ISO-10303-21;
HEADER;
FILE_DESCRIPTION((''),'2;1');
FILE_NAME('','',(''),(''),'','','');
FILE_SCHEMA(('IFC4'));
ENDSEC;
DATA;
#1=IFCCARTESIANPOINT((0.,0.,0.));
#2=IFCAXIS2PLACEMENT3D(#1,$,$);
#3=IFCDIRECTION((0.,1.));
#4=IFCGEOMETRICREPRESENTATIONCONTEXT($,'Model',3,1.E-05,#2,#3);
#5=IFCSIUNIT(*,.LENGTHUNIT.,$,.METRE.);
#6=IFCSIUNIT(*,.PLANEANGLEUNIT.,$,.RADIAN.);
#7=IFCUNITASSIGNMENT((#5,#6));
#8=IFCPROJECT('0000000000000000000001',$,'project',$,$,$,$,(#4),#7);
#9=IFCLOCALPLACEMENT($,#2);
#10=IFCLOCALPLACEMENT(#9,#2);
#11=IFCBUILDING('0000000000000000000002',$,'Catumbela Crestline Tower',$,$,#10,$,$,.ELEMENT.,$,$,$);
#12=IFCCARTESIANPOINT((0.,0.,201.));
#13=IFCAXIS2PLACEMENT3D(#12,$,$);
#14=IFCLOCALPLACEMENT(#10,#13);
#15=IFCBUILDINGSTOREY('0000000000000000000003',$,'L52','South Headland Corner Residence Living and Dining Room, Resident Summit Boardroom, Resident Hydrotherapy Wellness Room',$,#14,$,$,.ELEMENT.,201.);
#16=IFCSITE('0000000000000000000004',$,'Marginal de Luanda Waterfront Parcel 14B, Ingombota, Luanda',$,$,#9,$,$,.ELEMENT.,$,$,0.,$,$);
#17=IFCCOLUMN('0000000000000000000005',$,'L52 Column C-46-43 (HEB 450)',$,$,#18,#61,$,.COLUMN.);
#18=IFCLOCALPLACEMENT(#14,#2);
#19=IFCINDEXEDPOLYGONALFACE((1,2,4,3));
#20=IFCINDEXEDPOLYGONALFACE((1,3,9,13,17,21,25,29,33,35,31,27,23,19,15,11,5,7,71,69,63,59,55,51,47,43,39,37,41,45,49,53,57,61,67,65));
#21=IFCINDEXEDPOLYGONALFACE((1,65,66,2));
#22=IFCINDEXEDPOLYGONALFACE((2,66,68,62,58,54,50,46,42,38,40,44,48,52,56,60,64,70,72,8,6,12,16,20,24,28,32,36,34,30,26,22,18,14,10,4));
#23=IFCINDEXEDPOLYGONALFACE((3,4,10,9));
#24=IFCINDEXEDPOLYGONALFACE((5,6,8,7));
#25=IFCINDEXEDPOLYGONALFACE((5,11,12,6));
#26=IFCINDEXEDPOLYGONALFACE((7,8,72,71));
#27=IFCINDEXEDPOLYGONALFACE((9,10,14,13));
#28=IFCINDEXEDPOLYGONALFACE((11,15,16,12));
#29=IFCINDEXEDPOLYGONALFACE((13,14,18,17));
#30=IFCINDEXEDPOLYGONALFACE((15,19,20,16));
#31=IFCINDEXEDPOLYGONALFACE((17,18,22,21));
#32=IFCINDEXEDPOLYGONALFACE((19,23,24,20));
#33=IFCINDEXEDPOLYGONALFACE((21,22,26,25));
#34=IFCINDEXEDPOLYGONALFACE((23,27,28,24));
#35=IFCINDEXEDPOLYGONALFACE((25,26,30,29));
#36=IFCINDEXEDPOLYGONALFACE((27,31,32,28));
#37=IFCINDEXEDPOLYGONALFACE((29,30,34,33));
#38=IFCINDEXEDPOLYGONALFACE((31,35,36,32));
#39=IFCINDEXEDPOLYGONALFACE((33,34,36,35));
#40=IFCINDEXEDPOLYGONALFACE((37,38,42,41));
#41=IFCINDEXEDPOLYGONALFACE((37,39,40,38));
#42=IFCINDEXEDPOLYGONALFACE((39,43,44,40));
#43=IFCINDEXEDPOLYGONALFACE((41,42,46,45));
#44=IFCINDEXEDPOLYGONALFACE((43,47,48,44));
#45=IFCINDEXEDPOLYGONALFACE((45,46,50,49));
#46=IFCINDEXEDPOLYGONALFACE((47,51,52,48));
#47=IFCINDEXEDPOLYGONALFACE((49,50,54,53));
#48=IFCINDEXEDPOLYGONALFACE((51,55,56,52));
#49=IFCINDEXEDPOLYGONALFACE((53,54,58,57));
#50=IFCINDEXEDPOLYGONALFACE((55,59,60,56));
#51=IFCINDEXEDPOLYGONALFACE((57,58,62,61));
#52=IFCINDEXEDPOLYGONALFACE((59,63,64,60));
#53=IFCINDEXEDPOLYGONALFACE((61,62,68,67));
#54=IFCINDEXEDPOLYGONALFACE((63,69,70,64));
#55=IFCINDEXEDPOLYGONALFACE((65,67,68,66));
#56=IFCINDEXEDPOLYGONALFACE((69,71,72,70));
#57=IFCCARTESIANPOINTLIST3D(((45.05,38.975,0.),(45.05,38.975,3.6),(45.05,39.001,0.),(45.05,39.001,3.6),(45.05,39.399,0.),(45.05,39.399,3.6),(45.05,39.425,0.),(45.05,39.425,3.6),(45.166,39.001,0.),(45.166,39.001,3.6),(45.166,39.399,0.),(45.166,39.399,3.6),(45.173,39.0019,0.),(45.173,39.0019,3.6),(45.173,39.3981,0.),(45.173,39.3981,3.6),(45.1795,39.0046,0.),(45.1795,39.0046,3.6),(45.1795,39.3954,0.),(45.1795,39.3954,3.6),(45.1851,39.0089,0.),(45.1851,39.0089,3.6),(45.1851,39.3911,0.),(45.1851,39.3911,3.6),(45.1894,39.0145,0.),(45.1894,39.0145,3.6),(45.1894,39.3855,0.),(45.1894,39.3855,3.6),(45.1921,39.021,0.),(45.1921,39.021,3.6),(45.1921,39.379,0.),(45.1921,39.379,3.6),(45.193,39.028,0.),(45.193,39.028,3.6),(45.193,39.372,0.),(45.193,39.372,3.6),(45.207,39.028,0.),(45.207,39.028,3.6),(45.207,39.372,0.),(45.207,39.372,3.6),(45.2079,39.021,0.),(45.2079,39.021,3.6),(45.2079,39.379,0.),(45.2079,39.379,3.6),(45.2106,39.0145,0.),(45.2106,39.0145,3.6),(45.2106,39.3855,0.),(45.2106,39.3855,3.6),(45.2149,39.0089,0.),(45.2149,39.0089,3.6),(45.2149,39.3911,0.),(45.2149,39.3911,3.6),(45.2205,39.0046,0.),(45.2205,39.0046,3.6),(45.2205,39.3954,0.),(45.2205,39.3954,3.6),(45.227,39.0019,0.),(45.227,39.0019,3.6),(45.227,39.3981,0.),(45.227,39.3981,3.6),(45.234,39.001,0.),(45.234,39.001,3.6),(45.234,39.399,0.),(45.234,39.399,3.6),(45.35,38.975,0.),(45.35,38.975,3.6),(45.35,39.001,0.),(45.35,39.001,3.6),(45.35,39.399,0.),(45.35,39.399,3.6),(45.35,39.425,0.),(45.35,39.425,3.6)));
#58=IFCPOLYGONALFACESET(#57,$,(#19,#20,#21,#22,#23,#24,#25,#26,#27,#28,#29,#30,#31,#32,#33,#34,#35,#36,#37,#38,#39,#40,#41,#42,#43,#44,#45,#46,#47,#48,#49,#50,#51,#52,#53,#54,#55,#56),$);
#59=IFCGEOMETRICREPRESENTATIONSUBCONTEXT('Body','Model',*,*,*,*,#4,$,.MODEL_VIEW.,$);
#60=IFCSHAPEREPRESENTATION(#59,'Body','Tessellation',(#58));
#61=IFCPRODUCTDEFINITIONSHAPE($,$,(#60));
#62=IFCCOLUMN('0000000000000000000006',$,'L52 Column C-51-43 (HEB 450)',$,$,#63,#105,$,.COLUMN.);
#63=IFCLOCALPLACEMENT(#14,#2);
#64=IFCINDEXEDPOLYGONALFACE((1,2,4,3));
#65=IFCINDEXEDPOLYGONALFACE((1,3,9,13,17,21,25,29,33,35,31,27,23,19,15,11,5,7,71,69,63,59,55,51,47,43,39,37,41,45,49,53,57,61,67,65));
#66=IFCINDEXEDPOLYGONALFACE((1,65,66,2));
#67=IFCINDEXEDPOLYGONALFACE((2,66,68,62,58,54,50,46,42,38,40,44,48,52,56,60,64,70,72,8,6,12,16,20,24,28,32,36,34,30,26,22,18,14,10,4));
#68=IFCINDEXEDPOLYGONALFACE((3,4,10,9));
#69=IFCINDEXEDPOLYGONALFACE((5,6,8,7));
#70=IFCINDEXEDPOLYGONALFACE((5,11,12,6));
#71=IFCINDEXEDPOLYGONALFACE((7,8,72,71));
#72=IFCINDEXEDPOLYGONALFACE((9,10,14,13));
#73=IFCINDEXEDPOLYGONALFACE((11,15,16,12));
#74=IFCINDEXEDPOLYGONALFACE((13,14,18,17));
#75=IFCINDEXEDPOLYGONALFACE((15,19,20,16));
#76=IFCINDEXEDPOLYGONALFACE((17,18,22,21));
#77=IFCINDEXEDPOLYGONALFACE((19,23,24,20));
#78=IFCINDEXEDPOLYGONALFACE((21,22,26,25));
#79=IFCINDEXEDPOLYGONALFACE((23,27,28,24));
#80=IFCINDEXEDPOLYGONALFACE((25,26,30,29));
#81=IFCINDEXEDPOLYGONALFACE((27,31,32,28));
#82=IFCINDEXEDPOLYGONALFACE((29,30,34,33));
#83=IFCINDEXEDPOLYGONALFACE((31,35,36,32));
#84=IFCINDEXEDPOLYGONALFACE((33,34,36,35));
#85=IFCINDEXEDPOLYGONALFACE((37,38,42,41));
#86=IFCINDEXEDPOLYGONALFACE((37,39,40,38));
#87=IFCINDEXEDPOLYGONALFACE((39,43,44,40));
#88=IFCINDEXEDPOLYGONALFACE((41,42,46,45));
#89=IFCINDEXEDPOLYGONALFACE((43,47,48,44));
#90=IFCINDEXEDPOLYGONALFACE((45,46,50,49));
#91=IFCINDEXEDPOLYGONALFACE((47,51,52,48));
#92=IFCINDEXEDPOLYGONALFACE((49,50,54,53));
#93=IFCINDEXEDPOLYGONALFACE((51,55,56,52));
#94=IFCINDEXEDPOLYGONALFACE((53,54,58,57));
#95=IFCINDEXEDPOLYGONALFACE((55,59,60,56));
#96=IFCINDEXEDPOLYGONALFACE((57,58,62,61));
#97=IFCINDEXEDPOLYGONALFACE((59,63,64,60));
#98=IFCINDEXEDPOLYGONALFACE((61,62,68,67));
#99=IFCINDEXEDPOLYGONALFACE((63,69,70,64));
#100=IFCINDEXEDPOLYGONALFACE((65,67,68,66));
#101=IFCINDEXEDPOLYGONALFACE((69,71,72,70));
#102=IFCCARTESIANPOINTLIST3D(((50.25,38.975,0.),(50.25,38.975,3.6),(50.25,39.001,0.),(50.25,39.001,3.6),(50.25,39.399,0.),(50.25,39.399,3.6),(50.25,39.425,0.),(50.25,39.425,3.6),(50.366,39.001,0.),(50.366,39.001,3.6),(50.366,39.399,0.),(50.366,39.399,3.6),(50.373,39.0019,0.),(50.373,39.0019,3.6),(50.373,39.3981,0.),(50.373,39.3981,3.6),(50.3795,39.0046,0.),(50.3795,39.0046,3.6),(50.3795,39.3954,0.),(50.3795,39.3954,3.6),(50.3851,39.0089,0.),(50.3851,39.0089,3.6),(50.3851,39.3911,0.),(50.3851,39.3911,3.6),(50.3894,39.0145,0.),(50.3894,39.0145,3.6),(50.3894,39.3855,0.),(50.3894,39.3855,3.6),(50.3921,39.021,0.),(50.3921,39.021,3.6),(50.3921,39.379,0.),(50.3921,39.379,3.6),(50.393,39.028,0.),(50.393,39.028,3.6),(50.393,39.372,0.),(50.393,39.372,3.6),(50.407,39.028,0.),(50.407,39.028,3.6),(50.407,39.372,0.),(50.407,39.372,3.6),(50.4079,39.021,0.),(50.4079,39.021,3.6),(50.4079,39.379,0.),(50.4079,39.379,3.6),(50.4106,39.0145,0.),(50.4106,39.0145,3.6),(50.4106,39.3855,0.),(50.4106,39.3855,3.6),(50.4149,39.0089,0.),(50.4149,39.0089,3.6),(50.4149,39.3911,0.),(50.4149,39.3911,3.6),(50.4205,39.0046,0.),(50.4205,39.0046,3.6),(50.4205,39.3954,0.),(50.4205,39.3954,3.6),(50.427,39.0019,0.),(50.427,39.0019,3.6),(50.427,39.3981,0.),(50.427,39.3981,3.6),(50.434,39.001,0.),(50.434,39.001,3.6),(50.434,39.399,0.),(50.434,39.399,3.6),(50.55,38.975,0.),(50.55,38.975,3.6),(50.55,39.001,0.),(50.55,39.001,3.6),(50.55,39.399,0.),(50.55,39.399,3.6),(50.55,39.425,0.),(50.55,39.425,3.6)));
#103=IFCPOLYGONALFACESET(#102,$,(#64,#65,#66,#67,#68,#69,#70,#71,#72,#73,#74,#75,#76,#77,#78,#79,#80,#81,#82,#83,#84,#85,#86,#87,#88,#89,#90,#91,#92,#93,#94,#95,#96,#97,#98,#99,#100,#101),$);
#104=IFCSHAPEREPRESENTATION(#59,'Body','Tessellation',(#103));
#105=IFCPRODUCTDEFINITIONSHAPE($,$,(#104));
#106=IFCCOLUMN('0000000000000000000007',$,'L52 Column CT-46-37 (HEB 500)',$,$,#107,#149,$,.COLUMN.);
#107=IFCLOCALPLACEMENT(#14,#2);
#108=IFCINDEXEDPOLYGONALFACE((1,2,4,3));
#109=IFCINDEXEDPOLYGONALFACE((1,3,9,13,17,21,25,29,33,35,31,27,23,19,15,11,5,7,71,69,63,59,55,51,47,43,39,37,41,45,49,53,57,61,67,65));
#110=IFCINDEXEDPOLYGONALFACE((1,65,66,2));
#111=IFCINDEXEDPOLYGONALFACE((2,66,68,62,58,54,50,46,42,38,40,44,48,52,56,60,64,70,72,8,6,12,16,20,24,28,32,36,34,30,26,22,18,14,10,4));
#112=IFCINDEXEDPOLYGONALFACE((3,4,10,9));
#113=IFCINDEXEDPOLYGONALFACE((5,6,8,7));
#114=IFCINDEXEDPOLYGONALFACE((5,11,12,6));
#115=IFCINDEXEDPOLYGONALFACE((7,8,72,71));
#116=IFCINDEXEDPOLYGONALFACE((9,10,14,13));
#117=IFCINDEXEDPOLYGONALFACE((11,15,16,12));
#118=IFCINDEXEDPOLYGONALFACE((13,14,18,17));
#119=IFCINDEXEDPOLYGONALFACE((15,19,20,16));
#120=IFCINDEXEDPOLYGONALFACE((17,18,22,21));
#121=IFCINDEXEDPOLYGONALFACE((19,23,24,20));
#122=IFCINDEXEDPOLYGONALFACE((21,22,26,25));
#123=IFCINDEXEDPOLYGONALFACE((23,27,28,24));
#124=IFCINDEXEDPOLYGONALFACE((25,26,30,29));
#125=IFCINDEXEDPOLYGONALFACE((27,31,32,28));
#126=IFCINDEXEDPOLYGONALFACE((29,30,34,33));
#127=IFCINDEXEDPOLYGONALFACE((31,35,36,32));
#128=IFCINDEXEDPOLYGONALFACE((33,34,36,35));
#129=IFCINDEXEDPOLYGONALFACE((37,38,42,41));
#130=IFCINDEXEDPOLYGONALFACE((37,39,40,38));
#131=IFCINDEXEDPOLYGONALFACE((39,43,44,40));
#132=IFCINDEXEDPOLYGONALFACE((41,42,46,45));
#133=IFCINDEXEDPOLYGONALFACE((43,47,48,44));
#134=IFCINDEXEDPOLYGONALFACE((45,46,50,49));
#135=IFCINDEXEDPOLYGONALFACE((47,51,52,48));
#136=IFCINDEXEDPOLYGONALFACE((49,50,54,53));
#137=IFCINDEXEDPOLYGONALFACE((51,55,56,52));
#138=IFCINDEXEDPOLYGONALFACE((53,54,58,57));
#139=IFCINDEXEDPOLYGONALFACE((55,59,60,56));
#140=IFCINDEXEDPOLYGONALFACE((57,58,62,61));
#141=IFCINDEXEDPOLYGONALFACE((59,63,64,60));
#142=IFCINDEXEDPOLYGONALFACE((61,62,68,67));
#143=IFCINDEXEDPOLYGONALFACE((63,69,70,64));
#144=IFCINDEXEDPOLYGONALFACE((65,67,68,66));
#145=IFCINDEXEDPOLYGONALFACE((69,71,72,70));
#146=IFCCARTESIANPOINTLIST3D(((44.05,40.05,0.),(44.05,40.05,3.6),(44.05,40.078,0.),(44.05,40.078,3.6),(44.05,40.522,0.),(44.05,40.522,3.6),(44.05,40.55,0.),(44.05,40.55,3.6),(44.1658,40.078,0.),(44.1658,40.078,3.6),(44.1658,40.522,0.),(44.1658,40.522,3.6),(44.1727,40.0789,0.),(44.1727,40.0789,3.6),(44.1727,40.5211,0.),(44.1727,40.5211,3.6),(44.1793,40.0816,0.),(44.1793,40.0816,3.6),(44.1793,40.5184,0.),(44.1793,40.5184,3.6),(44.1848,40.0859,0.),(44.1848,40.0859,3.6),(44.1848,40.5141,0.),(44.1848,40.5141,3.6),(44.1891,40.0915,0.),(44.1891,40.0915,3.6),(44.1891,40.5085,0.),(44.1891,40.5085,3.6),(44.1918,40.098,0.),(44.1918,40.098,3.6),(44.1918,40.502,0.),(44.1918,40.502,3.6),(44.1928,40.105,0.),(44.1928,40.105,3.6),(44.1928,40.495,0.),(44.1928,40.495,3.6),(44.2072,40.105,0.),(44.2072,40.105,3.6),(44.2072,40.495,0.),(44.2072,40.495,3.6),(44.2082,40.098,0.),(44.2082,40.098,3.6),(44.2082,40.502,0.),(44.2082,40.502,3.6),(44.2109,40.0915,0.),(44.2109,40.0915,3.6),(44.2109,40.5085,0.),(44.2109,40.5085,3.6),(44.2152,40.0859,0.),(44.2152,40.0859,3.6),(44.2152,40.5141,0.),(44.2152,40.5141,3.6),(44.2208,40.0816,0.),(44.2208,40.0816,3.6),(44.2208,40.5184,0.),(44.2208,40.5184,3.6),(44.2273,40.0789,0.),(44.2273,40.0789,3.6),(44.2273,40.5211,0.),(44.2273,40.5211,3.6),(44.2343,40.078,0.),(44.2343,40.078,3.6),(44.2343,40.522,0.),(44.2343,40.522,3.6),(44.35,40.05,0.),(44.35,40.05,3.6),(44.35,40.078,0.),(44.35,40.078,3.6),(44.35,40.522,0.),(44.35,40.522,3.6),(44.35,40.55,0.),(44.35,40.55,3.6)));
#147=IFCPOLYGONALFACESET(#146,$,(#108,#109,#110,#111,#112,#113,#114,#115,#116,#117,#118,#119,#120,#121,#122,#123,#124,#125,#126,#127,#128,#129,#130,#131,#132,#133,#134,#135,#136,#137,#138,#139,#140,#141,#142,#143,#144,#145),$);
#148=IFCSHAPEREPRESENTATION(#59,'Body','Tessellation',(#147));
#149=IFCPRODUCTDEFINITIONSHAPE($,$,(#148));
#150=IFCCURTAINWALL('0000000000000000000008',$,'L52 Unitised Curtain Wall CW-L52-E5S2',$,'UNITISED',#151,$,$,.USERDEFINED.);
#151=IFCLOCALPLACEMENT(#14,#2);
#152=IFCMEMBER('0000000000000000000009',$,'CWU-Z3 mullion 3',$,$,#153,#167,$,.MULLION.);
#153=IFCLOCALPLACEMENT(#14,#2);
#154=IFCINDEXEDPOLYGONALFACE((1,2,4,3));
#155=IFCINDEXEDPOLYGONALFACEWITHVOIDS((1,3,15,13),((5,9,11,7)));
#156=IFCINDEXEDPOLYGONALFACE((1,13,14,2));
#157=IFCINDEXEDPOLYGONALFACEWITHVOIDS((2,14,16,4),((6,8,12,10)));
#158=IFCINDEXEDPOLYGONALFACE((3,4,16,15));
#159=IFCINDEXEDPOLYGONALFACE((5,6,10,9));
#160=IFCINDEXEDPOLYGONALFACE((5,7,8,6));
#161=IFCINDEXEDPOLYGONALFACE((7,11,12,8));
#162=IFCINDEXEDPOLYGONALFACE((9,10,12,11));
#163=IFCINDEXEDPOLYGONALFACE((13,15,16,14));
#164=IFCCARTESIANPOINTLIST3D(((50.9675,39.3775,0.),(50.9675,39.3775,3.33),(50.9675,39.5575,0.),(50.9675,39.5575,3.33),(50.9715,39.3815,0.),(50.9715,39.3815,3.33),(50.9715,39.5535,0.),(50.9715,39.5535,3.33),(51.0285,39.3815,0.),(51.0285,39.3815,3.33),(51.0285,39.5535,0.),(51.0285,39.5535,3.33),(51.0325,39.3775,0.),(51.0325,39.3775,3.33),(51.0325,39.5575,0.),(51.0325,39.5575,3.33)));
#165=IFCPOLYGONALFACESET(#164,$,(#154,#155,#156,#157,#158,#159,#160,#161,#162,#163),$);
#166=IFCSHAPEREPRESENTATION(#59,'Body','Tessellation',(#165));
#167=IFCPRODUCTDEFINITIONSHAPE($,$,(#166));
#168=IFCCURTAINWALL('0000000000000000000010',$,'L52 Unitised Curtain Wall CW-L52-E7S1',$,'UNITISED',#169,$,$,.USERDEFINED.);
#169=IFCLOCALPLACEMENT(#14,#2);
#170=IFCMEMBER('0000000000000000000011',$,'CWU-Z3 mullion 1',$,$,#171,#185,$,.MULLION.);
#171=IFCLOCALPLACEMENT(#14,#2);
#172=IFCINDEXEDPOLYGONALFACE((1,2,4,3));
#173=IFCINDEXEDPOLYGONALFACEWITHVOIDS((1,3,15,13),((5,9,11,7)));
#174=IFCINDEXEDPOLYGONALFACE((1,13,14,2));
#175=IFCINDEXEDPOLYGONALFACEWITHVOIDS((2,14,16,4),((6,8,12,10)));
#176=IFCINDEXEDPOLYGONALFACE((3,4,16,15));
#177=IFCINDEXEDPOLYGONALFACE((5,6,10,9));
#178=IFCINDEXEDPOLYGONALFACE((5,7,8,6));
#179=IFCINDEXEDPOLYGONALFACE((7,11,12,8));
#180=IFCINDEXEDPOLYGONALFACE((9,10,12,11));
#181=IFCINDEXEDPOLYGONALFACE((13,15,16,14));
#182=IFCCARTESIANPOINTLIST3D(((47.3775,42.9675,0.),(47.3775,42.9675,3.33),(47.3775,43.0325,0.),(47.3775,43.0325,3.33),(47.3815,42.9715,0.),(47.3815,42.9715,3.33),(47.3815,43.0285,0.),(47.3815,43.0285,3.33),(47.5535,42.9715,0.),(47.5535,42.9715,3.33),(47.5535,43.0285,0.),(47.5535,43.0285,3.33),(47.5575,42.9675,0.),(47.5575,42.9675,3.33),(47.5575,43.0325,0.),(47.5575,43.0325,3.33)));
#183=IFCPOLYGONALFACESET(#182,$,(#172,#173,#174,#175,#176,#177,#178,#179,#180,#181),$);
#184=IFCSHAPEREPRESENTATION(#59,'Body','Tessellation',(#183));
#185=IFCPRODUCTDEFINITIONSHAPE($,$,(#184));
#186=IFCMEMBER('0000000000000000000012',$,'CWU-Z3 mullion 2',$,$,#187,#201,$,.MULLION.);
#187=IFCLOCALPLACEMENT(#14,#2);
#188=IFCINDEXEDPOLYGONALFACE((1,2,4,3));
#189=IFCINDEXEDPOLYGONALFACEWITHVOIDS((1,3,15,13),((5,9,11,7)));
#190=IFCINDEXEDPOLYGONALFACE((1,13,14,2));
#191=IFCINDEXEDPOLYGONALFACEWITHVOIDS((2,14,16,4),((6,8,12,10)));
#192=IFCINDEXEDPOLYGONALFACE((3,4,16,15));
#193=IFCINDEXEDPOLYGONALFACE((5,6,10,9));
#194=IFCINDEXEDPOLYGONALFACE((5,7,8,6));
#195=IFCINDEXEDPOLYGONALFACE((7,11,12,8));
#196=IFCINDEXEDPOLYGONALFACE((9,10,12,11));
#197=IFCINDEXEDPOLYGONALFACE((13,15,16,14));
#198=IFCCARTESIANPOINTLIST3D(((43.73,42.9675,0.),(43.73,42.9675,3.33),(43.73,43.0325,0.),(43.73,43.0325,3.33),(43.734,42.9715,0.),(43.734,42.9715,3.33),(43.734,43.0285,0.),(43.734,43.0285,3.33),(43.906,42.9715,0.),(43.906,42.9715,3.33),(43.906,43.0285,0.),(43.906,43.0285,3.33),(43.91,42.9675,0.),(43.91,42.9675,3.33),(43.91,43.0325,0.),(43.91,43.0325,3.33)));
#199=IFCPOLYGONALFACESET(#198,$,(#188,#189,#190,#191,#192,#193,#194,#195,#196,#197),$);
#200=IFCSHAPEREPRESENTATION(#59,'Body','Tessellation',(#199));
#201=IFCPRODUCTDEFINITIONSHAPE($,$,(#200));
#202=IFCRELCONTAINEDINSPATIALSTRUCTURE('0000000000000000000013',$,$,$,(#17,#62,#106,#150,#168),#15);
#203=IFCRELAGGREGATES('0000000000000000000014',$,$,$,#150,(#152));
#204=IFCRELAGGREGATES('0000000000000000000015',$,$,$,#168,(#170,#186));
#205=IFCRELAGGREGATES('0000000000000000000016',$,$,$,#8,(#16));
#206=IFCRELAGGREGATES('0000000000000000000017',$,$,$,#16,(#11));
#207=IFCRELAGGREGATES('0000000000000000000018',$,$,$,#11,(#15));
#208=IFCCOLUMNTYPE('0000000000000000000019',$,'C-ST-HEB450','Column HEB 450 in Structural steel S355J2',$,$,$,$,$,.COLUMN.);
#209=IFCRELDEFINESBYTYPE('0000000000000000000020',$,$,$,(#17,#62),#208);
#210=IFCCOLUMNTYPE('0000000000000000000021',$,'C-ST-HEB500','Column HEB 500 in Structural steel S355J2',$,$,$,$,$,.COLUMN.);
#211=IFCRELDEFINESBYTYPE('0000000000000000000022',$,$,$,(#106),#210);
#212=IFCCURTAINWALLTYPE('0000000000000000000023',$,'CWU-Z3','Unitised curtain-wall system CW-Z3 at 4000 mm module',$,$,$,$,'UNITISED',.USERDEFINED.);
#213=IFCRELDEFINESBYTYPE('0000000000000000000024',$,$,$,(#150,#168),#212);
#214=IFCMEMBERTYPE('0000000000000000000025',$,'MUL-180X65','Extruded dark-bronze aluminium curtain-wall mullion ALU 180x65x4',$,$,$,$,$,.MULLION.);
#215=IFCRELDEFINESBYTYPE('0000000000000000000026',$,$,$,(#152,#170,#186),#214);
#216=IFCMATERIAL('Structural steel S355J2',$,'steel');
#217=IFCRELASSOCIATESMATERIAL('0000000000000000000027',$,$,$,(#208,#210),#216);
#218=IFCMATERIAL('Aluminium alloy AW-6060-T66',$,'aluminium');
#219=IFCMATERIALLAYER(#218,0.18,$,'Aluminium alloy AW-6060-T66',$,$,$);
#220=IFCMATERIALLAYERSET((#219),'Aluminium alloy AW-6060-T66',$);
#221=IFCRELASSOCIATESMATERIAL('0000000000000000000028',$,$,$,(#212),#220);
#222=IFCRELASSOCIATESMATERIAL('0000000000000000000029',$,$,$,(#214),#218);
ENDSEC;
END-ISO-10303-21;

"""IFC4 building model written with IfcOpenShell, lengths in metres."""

from ifc_helpers import new_model, si_unit, direction, frame, origin, origin_2d, place, context, subcontext, project, spatial, hollow_rectangle, i_section, extrude, material, layer, layer_set, material_profile, profile_set, type_object, element, aggregate, save


model = new_model("IFC4")

# Units and contexts
model_context = context("Model", 3, precision=1e-05, world=origin(), true_north=direction((0.0, 1.0)))
body_context = subcontext(model_context, "Body", "Model", "MODEL_VIEW")
ifc_project = project(units=[si_unit("LENGTHUNIT", "METRE"), si_unit("PLANEANGLEUNIT", "RADIAN")], contexts=[model_context])

# Site, building, storey
site_placement = place(None, origin())
site = spatial("IfcSite", under=ifc_project, at=site_placement, Name="Marginal de Luanda Waterfront Parcel 14B, Ingombota, Luanda", CompositionType="ELEMENT", RefElevation=0.0)
building_placement = place(site_placement, origin())
building = spatial("IfcBuilding", under=site, at=building_placement, Name="Catumbela Crestline Tower", CompositionType="ELEMENT")
storey_placement = place(building_placement, frame((0.0, 0.0, 201.0)))
storey = spatial("IfcBuildingStorey", under=building, at=storey_placement, Name="L52", Description="South Headland Corner Residence Living and Dining Room, Resident Summit Boardroom, Resident Hydrotherapy Wellness Room", CompositionType="ELEMENT", Elevation=201.0)

# Columns
ifc_material_1 = material(Name="Structural steel S355J2", Category="steel")
ifc_material_profile_1 = material_profile(ifc_material_1, i_section(OverallWidth=0.3, OverallDepth=0.45, WebThickness=0.014, FlangeThickness=0.026, FilletRadius=0.027, at=origin_2d()), Name="HEB 450")
ifc_profile_set_1 = profile_set([ifc_material_profile_1], Name="Structural steel S355J2")
column_type_1 = type_object("IfcColumnType", Name="C-ST-HEB450", Description="Column HEB 450 in Structural steel S355J2", PredefinedType="COLUMN", material=ifc_profile_set_1)
for number, where, z_axis, x_axis, name in (
    (1, (45.2, 39.2, 0.0), (0.0, 0.0, 1.0), (1.0, 0.0, 0.0), "L52 Column C-46-43 (HEB 450)"),
    (2, (50.4, 39.2, 0.0), (0.0, 0.0, 1.0), (1.0, 0.0, 0.0), "L52 Column C-51-43 (HEB 450)"),
):
    element("IfcColumn", number, at=place(storey_placement, frame(where, z_axis=z_axis, x_axis=x_axis)), inside=storey, type_object=column_type_1, Name=name, PredefinedType="COLUMN", context=body_context, shape_type="SweptSolid", body=[
        extrude(i_section(OverallWidth=0.3, OverallDepth=0.45, WebThickness=0.014, FlangeThickness=0.026, FilletRadius=0.027, at=origin_2d()), origin(), (0.0, 0.0, 1.0), 3.6),
    ])
ifc_material_profile_2 = material_profile(ifc_material_1, i_section(OverallWidth=0.3, OverallDepth=0.5, WebThickness=0.0145, FlangeThickness=0.028, FilletRadius=0.027, at=origin_2d()), Name="HEB 500")
ifc_profile_set_2 = profile_set([ifc_material_profile_2], Name="Structural steel S355J2")
column_type_2 = type_object("IfcColumnType", Name="C-ST-HEB500", Description="Column HEB 500 in Structural steel S355J2", PredefinedType="COLUMN", material=ifc_profile_set_2)
column_placement = place(storey_placement, frame((44.2, 40.3, 0.0), z_axis=(0.0, 0.0, 1.0), x_axis=(1.0, 0.0, 0.0)))
element("IfcColumn", 3, at=column_placement, inside=storey, type_object=column_type_2, Name="L52 Column CT-46-37 (HEB 500)", PredefinedType="COLUMN", context=body_context, shape_type="SweptSolid", body=[
    extrude(i_section(OverallWidth=0.3, OverallDepth=0.5, WebThickness=0.0145, FlangeThickness=0.028, FilletRadius=0.027, at=origin_2d()), origin(), (0.0, 0.0, 1.0), 3.6),
])

# Curtain wall, member
ifc_material_2 = material(Name="Aluminium alloy AW-6060-T66", Category="aluminium")
ifc_layer_1 = layer(ifc_material_2, 0.18, Name="Aluminium alloy AW-6060-T66")
ifc_layer_set_1 = layer_set([ifc_layer_1], Name="Aluminium alloy AW-6060-T66")
curtain_wall_type = type_object("IfcCurtainWallType", Name="CWU-Z3", Description="Unitised curtain-wall system CW-Z3 at 4000 mm module", ElementType="UNITISED", PredefinedType="USERDEFINED", material=ifc_layer_set_1)
curtain_wall_1_placement = place(storey_placement, origin())
curtain_wall_1 = element("IfcCurtainWall", 4, at=curtain_wall_1_placement, inside=storey, type_object=curtain_wall_type, Name="L52 Unitised Curtain Wall CW-L52-E5S2", ObjectType="UNITISED", PredefinedType="USERDEFINED")
ifc_material_profile_3 = material_profile(ifc_material_2, hollow_rectangle(XDim=0.065, YDim=0.18, WallThickness=0.004, at=origin_2d()), Name="ALU 180x65x4")
ifc_profile_set_3 = profile_set([ifc_material_profile_3], Name="Aluminium alloy AW-6060-T66")
member_type_1 = type_object("IfcMemberType", Name="MUL-180X65", Description="Extruded dark-bronze aluminium curtain-wall mullion ALU 180x65x4", PredefinedType="MULLION", material=ifc_profile_set_3)
member_1_placement = place(storey_placement, frame((51.0, 39.4675, 0.0), z_axis=(0.0, 0.0, 1.0), x_axis=(-1.0, 0.0, 0.0)))
member_1 = element("IfcMember", 5, at=member_1_placement, type_object=member_type_1, Name="CWU-Z3 mullion 3", PredefinedType="MULLION", context=body_context, shape_type="SweptSolid", body=[
    extrude(hollow_rectangle(XDim=0.065, YDim=0.18, WallThickness=0.004, at=origin_2d()), origin(), (0.0, 0.0, 1.0), 3.33),
])

# Curtain wall, members
curtain_wall_2_placement = place(storey_placement, origin())
curtain_wall_2 = element("IfcCurtainWall", 6, at=curtain_wall_2_placement, inside=storey, type_object=curtain_wall_type, Name="L52 Unitised Curtain Wall CW-L52-E7S1", ObjectType="UNITISED", PredefinedType="USERDEFINED")
member_2_placement = place(storey_placement, frame((47.4675, 43.0, 0.0), z_axis=(0.0, 0.0, 1.0), x_axis=(0.0, -1.0, 0.0)))
member_2 = element("IfcMember", 7, at=member_2_placement, type_object=member_type_1, Name="CWU-Z3 mullion 1", PredefinedType="MULLION", context=body_context, shape_type="SweptSolid", body=[
    extrude(hollow_rectangle(XDim=0.065, YDim=0.18, WallThickness=0.004, at=origin_2d()), origin(), (0.0, 0.0, 1.0), 3.33),
])
member_3_placement = place(storey_placement, frame((43.82, 43.0, 0.0), z_axis=(0.0, 0.0, 1.0), x_axis=(0.0, -1.0, 0.0)))
member_3 = element("IfcMember", 8, at=member_3_placement, type_object=member_type_1, Name="CWU-Z3 mullion 2", PredefinedType="MULLION", context=body_context, shape_type="SweptSolid", body=[
    extrude(hollow_rectangle(XDim=0.065, YDim=0.18, WallThickness=0.004, at=origin_2d()), origin(), (0.0, 0.0, 1.0), 3.33),
])

aggregate(curtain_wall_1, [member_1])
aggregate(curtain_wall_2, [member_2, member_3])

save(model, "model.ifc")
